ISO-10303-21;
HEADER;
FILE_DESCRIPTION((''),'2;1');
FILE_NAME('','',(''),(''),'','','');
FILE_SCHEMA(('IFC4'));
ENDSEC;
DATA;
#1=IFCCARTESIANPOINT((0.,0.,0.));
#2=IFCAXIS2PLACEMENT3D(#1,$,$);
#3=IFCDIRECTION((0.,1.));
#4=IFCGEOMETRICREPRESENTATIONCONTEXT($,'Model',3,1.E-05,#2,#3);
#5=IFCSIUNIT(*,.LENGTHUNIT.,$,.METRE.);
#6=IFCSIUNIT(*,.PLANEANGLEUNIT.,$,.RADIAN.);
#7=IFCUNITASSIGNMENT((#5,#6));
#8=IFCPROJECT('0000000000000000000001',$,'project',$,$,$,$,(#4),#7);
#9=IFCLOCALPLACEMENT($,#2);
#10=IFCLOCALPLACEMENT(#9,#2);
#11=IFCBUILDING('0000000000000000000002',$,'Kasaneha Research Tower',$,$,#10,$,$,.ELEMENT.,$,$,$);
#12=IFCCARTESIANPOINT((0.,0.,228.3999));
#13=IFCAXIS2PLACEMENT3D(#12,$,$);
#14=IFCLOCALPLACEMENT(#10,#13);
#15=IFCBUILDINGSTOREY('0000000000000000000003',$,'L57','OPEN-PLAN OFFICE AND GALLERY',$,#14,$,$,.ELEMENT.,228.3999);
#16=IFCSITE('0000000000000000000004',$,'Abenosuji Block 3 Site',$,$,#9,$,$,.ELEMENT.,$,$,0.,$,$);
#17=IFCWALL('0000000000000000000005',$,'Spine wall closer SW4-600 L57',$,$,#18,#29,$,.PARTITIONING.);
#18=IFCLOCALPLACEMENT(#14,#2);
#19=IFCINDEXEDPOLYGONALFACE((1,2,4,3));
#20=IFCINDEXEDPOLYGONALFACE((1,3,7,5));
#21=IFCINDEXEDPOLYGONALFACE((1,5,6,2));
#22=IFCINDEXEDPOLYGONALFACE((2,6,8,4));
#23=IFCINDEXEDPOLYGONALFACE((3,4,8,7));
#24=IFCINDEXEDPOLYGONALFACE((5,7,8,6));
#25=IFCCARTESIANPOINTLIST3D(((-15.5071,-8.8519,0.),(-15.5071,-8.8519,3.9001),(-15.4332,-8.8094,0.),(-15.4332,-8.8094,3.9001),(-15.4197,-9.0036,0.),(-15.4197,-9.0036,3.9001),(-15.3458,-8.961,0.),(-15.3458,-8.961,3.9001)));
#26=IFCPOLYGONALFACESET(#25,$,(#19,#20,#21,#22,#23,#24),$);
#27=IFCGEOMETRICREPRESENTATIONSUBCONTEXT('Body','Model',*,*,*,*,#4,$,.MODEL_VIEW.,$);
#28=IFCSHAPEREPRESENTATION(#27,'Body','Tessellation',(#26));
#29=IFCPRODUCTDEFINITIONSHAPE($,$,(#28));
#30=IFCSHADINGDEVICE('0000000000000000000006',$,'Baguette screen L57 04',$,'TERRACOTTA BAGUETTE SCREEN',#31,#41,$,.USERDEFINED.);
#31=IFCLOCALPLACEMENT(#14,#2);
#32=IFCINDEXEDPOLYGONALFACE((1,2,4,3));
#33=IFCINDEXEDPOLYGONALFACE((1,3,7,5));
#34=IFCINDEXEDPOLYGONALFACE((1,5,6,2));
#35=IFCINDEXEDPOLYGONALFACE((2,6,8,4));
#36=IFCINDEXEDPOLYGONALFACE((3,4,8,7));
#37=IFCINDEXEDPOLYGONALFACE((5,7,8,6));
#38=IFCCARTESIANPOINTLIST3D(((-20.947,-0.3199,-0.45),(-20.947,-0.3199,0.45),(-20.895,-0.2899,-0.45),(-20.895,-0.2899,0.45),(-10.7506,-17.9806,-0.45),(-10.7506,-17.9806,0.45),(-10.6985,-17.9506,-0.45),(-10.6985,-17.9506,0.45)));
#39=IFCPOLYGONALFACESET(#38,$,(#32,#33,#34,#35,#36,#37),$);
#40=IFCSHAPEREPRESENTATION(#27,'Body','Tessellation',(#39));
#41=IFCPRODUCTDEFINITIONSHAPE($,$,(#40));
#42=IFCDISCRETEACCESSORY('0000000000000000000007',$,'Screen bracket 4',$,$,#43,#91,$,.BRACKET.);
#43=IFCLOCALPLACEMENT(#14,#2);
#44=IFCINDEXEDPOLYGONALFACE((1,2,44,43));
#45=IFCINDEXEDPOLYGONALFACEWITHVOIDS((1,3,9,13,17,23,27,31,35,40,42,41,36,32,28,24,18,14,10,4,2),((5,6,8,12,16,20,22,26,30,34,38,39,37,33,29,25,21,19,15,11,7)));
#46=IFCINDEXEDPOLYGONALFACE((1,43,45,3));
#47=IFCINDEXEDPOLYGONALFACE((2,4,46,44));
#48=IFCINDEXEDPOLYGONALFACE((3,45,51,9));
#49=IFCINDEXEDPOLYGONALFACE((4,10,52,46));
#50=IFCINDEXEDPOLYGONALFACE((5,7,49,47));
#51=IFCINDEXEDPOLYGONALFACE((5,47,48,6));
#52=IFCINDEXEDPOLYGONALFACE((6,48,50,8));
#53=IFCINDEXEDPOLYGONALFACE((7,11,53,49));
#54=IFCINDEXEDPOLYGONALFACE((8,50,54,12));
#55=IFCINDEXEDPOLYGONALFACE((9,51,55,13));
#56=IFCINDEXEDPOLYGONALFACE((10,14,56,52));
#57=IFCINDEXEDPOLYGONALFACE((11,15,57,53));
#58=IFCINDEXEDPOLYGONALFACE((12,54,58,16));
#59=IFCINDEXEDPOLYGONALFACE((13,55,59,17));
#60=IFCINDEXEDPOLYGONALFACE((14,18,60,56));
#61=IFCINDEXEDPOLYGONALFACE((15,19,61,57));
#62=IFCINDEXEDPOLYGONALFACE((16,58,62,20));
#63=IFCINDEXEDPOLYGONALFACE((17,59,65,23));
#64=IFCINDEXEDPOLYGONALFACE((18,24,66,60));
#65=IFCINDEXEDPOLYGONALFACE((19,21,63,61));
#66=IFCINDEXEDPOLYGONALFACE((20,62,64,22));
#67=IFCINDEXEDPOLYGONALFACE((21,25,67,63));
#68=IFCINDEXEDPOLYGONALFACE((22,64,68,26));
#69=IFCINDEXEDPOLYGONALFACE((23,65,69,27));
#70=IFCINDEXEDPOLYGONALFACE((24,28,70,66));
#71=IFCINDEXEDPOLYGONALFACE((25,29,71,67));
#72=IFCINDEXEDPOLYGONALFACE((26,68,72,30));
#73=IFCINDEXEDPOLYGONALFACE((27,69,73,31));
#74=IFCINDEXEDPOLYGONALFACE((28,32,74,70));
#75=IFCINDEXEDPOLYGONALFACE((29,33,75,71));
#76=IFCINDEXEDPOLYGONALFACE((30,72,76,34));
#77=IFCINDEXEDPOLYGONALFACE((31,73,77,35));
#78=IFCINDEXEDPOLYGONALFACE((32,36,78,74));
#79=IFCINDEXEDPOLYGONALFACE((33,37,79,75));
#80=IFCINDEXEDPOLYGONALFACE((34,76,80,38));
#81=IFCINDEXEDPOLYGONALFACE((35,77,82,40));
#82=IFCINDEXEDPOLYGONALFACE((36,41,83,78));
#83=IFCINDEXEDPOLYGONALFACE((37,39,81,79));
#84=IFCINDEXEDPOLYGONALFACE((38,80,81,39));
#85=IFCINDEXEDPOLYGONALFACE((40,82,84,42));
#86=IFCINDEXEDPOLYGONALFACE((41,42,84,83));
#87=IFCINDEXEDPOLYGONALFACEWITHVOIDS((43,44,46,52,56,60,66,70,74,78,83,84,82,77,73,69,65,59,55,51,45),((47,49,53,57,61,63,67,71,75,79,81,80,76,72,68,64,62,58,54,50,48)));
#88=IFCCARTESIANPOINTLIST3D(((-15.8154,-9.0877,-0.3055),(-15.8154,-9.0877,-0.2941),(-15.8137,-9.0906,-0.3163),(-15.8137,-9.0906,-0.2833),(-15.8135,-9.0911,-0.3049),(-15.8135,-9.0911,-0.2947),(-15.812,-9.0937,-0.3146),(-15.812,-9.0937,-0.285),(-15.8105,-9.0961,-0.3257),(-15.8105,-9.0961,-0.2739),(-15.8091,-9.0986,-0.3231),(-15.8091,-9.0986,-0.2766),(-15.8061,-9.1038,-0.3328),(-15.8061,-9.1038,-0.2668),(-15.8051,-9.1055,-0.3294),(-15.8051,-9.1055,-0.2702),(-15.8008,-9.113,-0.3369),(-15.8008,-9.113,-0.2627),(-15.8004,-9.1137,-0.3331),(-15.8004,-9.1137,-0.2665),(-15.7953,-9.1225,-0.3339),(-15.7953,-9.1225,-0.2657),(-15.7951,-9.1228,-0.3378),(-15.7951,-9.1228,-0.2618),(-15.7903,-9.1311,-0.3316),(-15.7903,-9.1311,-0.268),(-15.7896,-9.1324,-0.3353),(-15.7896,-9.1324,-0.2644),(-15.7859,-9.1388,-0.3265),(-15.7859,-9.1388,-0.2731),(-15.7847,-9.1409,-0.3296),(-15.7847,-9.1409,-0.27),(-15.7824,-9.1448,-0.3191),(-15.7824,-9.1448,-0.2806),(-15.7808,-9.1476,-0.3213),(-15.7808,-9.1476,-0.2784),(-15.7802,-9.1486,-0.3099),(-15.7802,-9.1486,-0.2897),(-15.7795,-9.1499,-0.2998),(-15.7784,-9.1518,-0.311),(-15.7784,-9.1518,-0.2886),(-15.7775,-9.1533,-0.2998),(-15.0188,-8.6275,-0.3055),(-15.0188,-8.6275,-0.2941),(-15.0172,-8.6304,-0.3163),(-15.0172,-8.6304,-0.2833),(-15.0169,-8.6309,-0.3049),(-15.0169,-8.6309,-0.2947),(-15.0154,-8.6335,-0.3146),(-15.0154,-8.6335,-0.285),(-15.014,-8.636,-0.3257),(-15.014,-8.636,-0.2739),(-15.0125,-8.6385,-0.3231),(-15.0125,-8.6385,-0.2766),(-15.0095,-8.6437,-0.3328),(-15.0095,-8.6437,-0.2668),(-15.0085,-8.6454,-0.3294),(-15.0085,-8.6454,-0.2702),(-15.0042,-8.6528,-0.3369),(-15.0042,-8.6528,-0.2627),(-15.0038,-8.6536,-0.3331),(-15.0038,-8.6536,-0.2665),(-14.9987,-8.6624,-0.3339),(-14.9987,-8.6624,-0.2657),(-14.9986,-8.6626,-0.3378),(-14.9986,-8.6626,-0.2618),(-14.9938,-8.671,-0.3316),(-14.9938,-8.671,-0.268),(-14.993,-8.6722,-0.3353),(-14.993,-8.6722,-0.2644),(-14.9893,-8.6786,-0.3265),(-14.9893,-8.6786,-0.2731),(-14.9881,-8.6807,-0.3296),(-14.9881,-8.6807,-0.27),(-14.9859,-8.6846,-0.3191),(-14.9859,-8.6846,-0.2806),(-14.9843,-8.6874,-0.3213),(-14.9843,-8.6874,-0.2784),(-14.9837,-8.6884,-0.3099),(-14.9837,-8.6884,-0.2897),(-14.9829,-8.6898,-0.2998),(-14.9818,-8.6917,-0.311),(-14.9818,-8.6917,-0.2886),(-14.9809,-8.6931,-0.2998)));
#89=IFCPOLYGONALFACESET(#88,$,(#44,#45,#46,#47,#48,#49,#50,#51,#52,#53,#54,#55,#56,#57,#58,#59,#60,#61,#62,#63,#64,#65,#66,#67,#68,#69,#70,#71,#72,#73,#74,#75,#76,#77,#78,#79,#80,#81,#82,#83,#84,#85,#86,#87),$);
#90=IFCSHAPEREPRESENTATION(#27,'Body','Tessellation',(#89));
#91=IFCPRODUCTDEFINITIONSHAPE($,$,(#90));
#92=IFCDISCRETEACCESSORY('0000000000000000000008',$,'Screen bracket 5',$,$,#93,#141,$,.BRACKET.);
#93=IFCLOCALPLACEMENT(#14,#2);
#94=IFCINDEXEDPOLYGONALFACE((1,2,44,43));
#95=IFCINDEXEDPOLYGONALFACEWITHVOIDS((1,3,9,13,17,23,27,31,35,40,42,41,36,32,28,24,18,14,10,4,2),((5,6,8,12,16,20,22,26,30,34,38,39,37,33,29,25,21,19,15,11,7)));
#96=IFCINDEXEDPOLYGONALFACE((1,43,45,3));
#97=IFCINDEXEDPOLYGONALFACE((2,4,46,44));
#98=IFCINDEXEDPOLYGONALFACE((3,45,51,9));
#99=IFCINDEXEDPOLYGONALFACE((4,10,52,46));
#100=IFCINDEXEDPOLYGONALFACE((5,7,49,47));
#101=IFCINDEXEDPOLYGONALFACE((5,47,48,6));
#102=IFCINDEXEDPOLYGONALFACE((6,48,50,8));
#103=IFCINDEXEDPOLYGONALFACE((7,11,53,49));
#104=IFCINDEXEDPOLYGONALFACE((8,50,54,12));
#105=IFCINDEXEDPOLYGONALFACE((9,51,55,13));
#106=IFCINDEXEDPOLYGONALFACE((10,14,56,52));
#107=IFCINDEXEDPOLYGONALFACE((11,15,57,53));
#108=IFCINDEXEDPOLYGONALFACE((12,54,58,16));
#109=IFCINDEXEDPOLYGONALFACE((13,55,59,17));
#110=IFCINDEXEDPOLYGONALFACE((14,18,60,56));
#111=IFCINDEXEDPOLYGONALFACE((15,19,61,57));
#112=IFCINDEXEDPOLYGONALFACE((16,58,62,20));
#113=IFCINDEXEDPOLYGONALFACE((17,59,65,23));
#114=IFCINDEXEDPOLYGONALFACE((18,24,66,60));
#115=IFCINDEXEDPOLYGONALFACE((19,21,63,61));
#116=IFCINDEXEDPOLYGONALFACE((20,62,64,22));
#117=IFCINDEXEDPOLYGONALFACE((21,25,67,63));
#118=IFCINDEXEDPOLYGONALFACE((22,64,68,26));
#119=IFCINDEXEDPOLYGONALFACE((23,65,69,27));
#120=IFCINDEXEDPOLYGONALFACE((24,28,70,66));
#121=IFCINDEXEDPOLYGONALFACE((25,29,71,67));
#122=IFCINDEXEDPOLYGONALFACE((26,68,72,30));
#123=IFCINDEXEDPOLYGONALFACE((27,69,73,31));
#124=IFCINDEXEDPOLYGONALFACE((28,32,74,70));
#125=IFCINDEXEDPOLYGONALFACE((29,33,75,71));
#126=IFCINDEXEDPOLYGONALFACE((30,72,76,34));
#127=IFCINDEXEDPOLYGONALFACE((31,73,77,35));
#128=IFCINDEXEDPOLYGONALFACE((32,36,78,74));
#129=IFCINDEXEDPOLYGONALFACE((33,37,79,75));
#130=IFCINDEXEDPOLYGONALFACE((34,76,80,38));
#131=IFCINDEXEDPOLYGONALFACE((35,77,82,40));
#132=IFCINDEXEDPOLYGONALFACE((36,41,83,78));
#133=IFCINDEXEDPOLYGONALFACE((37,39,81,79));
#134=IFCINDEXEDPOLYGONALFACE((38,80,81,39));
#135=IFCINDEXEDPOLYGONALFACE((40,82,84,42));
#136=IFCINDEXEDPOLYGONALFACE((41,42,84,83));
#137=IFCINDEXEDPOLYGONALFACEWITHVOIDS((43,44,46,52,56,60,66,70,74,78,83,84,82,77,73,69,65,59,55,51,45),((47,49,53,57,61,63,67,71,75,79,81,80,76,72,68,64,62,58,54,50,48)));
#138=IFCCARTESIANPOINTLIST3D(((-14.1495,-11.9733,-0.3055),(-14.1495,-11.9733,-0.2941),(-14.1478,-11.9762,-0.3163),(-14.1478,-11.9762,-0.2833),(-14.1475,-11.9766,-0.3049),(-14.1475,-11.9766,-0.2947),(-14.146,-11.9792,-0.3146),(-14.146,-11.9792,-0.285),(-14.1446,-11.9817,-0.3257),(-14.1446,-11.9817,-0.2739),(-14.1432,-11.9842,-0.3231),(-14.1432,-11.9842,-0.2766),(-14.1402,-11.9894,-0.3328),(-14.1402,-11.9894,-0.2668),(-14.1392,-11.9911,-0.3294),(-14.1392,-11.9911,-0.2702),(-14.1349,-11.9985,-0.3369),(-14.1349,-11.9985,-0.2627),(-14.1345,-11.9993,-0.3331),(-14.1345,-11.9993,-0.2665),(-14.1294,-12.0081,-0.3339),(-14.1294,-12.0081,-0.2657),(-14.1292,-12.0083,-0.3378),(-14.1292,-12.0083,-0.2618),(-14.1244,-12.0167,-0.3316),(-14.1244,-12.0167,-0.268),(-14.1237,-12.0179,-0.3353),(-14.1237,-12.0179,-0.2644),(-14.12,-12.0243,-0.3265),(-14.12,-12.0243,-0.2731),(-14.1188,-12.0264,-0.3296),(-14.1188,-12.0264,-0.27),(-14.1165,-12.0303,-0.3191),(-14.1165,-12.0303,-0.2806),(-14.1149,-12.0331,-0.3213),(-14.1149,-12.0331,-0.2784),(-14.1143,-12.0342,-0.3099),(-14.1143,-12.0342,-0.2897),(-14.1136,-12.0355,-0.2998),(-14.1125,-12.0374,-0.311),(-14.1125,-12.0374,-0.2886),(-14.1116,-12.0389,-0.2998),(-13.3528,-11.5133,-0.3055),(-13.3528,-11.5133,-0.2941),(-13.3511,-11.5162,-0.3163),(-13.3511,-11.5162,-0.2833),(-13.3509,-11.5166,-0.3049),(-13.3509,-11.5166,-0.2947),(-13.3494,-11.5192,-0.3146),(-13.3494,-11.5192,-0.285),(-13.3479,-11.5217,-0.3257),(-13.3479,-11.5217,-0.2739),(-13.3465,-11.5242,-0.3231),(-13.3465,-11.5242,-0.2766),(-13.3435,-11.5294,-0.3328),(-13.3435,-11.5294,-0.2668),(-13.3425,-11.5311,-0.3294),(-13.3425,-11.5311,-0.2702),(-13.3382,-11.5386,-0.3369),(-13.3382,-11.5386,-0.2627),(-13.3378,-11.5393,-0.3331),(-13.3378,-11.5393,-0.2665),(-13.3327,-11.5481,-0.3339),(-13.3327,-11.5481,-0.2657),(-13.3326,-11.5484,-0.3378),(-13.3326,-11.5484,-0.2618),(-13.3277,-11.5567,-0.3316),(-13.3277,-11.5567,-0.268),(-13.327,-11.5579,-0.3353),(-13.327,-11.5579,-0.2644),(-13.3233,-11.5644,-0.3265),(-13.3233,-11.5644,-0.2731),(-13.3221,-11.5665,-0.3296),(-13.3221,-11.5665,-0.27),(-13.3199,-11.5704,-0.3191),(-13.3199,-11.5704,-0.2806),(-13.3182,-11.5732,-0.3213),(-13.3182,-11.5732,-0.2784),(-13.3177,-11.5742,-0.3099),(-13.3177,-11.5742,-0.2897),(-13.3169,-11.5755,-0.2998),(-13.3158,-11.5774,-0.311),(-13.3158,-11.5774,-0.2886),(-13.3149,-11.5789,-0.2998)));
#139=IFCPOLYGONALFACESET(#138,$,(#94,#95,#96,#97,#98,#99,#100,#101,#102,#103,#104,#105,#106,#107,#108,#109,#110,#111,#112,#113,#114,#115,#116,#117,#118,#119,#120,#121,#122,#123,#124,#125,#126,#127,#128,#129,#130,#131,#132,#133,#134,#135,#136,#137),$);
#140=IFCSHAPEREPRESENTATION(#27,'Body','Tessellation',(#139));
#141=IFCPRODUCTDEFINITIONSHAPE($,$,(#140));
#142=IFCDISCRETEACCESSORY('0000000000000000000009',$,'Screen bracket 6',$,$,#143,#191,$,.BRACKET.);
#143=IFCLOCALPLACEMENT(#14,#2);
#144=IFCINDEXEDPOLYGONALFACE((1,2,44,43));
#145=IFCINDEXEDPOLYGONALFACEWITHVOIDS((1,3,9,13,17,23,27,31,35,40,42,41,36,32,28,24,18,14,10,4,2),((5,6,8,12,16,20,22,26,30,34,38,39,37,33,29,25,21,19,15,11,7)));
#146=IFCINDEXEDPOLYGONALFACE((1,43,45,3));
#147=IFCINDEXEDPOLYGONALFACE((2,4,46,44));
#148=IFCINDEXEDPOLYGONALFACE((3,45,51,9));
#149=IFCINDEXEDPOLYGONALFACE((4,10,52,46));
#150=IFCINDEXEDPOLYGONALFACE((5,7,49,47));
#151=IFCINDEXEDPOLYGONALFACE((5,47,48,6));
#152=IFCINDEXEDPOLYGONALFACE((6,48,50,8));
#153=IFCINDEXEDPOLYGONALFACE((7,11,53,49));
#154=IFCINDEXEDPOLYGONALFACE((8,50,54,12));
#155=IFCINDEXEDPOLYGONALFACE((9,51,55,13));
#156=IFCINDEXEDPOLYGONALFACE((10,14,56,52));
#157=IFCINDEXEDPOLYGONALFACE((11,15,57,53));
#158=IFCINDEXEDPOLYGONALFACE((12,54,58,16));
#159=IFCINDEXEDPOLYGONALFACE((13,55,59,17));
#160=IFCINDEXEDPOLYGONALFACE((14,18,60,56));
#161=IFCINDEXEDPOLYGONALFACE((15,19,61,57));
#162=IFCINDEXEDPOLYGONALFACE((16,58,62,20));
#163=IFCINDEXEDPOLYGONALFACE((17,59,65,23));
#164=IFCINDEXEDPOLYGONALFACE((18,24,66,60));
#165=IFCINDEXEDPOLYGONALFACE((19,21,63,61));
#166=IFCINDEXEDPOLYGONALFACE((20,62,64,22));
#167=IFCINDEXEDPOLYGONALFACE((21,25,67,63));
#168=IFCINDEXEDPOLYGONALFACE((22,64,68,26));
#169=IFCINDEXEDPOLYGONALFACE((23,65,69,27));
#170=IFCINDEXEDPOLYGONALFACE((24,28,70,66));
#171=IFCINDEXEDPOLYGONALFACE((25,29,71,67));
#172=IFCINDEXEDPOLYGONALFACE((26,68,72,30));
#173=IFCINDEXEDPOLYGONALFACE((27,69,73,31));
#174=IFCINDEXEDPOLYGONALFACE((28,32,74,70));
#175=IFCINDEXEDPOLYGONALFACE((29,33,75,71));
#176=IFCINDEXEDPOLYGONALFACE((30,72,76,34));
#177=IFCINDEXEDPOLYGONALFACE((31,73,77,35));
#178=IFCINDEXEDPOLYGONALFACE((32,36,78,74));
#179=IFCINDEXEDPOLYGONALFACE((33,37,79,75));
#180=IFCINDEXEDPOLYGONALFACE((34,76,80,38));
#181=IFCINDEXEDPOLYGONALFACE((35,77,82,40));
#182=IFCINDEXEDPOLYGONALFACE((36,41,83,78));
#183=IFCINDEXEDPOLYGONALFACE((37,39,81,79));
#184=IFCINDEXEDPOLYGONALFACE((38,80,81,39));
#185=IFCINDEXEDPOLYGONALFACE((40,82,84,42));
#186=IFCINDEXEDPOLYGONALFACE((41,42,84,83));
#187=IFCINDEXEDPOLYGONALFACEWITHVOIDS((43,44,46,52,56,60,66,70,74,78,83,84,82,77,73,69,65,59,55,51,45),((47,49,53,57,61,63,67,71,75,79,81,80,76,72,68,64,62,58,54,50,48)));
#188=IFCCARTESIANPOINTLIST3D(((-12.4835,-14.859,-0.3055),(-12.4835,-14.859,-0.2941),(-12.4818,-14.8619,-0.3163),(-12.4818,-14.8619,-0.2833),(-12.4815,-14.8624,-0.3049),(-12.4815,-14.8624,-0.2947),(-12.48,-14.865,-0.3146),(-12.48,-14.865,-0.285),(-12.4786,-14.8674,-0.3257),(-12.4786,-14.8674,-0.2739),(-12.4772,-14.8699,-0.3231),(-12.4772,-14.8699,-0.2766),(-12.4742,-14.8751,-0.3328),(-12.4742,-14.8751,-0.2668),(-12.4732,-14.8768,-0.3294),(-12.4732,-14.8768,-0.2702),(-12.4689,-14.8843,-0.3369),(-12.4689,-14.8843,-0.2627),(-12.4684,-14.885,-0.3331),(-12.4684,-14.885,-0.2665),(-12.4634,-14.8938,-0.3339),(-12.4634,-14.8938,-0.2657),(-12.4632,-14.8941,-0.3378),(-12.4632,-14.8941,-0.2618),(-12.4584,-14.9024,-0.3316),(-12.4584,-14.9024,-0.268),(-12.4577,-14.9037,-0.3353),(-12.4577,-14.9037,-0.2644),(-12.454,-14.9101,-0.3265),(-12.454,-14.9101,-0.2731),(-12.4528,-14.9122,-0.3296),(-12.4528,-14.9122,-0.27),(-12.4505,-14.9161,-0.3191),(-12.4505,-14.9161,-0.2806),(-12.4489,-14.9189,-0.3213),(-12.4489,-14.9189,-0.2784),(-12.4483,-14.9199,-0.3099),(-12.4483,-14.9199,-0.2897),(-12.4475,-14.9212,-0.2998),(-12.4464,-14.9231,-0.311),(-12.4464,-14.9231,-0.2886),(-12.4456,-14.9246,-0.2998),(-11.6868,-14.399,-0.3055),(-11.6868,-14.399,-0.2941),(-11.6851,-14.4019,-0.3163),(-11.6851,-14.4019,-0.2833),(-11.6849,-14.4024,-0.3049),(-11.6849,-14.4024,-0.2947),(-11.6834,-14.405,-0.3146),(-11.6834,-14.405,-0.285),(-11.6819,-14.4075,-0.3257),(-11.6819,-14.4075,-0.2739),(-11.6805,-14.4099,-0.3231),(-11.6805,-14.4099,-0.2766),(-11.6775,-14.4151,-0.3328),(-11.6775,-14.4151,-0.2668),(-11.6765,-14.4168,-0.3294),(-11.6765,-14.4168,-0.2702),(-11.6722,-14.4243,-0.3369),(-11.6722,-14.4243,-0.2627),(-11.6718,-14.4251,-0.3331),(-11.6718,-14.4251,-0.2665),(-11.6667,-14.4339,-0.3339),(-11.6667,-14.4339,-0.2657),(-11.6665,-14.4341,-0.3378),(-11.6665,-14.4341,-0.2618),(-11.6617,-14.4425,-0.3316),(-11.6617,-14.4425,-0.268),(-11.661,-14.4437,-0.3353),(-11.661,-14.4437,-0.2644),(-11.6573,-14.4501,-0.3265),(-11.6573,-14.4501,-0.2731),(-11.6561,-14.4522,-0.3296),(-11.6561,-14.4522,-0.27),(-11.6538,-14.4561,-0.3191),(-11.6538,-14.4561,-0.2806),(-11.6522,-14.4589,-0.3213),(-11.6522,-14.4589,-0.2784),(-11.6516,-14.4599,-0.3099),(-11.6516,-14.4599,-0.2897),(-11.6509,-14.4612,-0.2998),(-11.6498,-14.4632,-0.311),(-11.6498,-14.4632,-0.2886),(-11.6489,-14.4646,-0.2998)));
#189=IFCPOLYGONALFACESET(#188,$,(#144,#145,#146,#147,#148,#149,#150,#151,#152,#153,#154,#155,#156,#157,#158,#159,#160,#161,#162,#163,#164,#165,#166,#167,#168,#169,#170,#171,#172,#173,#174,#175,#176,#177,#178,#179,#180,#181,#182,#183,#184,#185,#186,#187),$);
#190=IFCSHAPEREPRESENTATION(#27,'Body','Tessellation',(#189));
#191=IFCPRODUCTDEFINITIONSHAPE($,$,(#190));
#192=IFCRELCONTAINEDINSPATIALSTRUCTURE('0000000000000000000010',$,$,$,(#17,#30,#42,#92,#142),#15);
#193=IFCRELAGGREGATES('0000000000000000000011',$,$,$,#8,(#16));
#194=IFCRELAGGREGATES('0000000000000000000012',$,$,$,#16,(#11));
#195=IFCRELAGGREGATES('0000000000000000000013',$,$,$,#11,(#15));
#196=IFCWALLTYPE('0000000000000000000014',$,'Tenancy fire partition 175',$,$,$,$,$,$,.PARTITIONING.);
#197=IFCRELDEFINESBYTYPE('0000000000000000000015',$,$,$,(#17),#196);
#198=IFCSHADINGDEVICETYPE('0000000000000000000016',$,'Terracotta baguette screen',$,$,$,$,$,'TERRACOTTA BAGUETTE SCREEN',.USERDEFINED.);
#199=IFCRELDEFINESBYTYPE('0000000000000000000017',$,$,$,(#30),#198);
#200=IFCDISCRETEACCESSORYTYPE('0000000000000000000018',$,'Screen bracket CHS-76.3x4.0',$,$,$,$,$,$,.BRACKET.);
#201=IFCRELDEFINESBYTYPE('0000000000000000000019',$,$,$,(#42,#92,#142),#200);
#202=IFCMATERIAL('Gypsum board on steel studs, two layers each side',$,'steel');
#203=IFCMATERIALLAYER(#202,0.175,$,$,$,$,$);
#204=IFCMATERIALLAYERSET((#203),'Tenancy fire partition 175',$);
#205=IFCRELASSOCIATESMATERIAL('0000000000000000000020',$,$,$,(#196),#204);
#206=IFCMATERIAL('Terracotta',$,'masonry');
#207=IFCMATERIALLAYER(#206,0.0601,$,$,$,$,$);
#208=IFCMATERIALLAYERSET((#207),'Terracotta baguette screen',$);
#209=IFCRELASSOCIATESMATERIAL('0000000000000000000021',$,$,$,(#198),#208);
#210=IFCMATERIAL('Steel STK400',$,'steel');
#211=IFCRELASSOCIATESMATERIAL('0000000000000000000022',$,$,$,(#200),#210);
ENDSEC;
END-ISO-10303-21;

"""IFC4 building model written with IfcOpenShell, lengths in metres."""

from ifc_helpers import new_model, si_unit, direction, frame, frame_2d, origin, origin_2d, place, context, subcontext, project, spatial, rectangle, hollow_circle, extrude, material, layer, layer_set, material_profile, profile_set, type_object, element, save


model = new_model("IFC4")

# Units and contexts
model_context = context("Model", 3, precision=1e-05, world=origin(), true_north=direction((0.0, 1.0)))
body_context = subcontext(model_context, "Body", "Model", "MODEL_VIEW")
ifc_project = project(units=[si_unit("LENGTHUNIT", "METRE"), si_unit("PLANEANGLEUNIT", "RADIAN")], contexts=[model_context])

# Site, building, storey
site_placement = place(None, origin())
site = spatial("IfcSite", under=ifc_project, at=site_placement, Name="Abenosuji Block 3 Site", CompositionType="ELEMENT", RefElevation=0.0)
building_placement = place(site_placement, origin())
building = spatial("IfcBuilding", under=site, at=building_placement, Name="Kasaneha Research Tower", CompositionType="ELEMENT")
storey_placement = place(building_placement, frame((0.0, 0.0, 228.3999)))
storey = spatial("IfcBuildingStorey", under=building, at=storey_placement, Name="L57", Description="OPEN-PLAN OFFICE AND GALLERY", CompositionType="ELEMENT", Elevation=228.3999)

# Wall
ifc_material_1 = material(Name="Gypsum board on steel studs, two layers each side", Category="steel")
ifc_layer_1 = layer(ifc_material_1, 0.175)
ifc_layer_set_1 = layer_set([ifc_layer_1], Name="Tenancy fire partition 175")
wall_type_1 = type_object("IfcWallType", Name="Tenancy fire partition 175", PredefinedType="PARTITIONING", material=ifc_layer_set_1)
wall_1_placement = place(storey_placement, frame((-15.3896, -8.8853, 0.0), z_axis=(0.0, 0.0, 1.0), x_axis=(-0.866472, -0.499226, 0.0)))
element("IfcWall", 1, at=wall_1_placement, inside=storey, type_object=wall_type_1, Name="Spine wall closer SW4-600 L57", PredefinedType="PARTITIONING", context=body_context, shape_type="SweptSolid", body=[
    extrude(rectangle(XDim=0.0852, YDim=0.175, at=frame_2d((0.0425, 0.0))), origin(), (0.0, 0.0, 1.0), 3.9001),
])

# Shading device
ifc_material_2 = material(Name="Terracotta", Category="masonry")
ifc_layer_2 = layer(ifc_material_2, 0.0601)
ifc_layer_set_2 = layer_set([ifc_layer_2], Name="Terracotta baguette screen")
shading_device_type = type_object("IfcShadingDeviceType", Name="Terracotta baguette screen", ElementType="TERRACOTTA BAGUETTE SCREEN", PredefinedType="USERDEFINED", material=ifc_layer_set_2)
shading_device_placement = place(storey_placement, frame((-15.8228, -9.1353, -0.45), z_axis=(0.0, 0.0, 1.0), x_axis=(0.5, -0.866025, 0.0)))
element("IfcShadingDevice", 2, at=shading_device_placement, inside=storey, type_object=shading_device_type, Name="Baguette screen L57 04", ObjectType="TERRACOTTA BAGUETTE SCREEN", PredefinedType="USERDEFINED", context=body_context, shape_type="SweptSolid", body=[
    extrude(rectangle(XDim=20.3928, YDim=0.0601, at=origin_2d()), origin(), (0.0, 0.0, 1.0), 0.8999),
])

# Discrete accessories
ifc_material_3 = material(Name="Steel STK400", Category="steel")
ifc_material_profile_1 = material_profile(ifc_material_3, hollow_circle(Radius=0.0381, WallThickness=0.0039, at=origin_2d()), Name="CHS-76.3x4.0")
ifc_profile_set_1 = profile_set([ifc_material_profile_1], Name="Steel STK400")
discrete_accessory_type = type_object("IfcDiscreteAccessoryType", Name="Screen bracket CHS-76.3x4.0", PredefinedType="BRACKET", material=ifc_profile_set_1)
for number, where, z_axis, x_axis, name in (
    (3, (-15.0, -8.6602, -0.2998), (-0.865898, -0.50022, 0.0), (0.50022, -0.865898, 0.0), "Screen bracket 4"),
    (4, (-13.334, -11.5459, -0.2998), (-0.866013, -0.500021, 0.0), (0.500021, -0.866013, 0.0), "Screen bracket 5"),
    (5, (-11.668, -14.4316, -0.2998), (-0.866013, -0.500021, 0.0), (0.500021, -0.866013, 0.0), "Screen bracket 6"),
):
    element("IfcDiscreteAccessory", number, at=place(storey_placement, frame(where, z_axis=z_axis, x_axis=x_axis)), inside=storey, type_object=discrete_accessory_type, Name=name, PredefinedType="BRACKET", context=body_context, shape_type="SweptSolid", body=[
        extrude(hollow_circle(Radius=0.0381, WallThickness=0.0039, at=origin_2d()), origin(), (0.0, 0.0, 1.0), 0.9199),
    ])

save(model, "model.ifc")
